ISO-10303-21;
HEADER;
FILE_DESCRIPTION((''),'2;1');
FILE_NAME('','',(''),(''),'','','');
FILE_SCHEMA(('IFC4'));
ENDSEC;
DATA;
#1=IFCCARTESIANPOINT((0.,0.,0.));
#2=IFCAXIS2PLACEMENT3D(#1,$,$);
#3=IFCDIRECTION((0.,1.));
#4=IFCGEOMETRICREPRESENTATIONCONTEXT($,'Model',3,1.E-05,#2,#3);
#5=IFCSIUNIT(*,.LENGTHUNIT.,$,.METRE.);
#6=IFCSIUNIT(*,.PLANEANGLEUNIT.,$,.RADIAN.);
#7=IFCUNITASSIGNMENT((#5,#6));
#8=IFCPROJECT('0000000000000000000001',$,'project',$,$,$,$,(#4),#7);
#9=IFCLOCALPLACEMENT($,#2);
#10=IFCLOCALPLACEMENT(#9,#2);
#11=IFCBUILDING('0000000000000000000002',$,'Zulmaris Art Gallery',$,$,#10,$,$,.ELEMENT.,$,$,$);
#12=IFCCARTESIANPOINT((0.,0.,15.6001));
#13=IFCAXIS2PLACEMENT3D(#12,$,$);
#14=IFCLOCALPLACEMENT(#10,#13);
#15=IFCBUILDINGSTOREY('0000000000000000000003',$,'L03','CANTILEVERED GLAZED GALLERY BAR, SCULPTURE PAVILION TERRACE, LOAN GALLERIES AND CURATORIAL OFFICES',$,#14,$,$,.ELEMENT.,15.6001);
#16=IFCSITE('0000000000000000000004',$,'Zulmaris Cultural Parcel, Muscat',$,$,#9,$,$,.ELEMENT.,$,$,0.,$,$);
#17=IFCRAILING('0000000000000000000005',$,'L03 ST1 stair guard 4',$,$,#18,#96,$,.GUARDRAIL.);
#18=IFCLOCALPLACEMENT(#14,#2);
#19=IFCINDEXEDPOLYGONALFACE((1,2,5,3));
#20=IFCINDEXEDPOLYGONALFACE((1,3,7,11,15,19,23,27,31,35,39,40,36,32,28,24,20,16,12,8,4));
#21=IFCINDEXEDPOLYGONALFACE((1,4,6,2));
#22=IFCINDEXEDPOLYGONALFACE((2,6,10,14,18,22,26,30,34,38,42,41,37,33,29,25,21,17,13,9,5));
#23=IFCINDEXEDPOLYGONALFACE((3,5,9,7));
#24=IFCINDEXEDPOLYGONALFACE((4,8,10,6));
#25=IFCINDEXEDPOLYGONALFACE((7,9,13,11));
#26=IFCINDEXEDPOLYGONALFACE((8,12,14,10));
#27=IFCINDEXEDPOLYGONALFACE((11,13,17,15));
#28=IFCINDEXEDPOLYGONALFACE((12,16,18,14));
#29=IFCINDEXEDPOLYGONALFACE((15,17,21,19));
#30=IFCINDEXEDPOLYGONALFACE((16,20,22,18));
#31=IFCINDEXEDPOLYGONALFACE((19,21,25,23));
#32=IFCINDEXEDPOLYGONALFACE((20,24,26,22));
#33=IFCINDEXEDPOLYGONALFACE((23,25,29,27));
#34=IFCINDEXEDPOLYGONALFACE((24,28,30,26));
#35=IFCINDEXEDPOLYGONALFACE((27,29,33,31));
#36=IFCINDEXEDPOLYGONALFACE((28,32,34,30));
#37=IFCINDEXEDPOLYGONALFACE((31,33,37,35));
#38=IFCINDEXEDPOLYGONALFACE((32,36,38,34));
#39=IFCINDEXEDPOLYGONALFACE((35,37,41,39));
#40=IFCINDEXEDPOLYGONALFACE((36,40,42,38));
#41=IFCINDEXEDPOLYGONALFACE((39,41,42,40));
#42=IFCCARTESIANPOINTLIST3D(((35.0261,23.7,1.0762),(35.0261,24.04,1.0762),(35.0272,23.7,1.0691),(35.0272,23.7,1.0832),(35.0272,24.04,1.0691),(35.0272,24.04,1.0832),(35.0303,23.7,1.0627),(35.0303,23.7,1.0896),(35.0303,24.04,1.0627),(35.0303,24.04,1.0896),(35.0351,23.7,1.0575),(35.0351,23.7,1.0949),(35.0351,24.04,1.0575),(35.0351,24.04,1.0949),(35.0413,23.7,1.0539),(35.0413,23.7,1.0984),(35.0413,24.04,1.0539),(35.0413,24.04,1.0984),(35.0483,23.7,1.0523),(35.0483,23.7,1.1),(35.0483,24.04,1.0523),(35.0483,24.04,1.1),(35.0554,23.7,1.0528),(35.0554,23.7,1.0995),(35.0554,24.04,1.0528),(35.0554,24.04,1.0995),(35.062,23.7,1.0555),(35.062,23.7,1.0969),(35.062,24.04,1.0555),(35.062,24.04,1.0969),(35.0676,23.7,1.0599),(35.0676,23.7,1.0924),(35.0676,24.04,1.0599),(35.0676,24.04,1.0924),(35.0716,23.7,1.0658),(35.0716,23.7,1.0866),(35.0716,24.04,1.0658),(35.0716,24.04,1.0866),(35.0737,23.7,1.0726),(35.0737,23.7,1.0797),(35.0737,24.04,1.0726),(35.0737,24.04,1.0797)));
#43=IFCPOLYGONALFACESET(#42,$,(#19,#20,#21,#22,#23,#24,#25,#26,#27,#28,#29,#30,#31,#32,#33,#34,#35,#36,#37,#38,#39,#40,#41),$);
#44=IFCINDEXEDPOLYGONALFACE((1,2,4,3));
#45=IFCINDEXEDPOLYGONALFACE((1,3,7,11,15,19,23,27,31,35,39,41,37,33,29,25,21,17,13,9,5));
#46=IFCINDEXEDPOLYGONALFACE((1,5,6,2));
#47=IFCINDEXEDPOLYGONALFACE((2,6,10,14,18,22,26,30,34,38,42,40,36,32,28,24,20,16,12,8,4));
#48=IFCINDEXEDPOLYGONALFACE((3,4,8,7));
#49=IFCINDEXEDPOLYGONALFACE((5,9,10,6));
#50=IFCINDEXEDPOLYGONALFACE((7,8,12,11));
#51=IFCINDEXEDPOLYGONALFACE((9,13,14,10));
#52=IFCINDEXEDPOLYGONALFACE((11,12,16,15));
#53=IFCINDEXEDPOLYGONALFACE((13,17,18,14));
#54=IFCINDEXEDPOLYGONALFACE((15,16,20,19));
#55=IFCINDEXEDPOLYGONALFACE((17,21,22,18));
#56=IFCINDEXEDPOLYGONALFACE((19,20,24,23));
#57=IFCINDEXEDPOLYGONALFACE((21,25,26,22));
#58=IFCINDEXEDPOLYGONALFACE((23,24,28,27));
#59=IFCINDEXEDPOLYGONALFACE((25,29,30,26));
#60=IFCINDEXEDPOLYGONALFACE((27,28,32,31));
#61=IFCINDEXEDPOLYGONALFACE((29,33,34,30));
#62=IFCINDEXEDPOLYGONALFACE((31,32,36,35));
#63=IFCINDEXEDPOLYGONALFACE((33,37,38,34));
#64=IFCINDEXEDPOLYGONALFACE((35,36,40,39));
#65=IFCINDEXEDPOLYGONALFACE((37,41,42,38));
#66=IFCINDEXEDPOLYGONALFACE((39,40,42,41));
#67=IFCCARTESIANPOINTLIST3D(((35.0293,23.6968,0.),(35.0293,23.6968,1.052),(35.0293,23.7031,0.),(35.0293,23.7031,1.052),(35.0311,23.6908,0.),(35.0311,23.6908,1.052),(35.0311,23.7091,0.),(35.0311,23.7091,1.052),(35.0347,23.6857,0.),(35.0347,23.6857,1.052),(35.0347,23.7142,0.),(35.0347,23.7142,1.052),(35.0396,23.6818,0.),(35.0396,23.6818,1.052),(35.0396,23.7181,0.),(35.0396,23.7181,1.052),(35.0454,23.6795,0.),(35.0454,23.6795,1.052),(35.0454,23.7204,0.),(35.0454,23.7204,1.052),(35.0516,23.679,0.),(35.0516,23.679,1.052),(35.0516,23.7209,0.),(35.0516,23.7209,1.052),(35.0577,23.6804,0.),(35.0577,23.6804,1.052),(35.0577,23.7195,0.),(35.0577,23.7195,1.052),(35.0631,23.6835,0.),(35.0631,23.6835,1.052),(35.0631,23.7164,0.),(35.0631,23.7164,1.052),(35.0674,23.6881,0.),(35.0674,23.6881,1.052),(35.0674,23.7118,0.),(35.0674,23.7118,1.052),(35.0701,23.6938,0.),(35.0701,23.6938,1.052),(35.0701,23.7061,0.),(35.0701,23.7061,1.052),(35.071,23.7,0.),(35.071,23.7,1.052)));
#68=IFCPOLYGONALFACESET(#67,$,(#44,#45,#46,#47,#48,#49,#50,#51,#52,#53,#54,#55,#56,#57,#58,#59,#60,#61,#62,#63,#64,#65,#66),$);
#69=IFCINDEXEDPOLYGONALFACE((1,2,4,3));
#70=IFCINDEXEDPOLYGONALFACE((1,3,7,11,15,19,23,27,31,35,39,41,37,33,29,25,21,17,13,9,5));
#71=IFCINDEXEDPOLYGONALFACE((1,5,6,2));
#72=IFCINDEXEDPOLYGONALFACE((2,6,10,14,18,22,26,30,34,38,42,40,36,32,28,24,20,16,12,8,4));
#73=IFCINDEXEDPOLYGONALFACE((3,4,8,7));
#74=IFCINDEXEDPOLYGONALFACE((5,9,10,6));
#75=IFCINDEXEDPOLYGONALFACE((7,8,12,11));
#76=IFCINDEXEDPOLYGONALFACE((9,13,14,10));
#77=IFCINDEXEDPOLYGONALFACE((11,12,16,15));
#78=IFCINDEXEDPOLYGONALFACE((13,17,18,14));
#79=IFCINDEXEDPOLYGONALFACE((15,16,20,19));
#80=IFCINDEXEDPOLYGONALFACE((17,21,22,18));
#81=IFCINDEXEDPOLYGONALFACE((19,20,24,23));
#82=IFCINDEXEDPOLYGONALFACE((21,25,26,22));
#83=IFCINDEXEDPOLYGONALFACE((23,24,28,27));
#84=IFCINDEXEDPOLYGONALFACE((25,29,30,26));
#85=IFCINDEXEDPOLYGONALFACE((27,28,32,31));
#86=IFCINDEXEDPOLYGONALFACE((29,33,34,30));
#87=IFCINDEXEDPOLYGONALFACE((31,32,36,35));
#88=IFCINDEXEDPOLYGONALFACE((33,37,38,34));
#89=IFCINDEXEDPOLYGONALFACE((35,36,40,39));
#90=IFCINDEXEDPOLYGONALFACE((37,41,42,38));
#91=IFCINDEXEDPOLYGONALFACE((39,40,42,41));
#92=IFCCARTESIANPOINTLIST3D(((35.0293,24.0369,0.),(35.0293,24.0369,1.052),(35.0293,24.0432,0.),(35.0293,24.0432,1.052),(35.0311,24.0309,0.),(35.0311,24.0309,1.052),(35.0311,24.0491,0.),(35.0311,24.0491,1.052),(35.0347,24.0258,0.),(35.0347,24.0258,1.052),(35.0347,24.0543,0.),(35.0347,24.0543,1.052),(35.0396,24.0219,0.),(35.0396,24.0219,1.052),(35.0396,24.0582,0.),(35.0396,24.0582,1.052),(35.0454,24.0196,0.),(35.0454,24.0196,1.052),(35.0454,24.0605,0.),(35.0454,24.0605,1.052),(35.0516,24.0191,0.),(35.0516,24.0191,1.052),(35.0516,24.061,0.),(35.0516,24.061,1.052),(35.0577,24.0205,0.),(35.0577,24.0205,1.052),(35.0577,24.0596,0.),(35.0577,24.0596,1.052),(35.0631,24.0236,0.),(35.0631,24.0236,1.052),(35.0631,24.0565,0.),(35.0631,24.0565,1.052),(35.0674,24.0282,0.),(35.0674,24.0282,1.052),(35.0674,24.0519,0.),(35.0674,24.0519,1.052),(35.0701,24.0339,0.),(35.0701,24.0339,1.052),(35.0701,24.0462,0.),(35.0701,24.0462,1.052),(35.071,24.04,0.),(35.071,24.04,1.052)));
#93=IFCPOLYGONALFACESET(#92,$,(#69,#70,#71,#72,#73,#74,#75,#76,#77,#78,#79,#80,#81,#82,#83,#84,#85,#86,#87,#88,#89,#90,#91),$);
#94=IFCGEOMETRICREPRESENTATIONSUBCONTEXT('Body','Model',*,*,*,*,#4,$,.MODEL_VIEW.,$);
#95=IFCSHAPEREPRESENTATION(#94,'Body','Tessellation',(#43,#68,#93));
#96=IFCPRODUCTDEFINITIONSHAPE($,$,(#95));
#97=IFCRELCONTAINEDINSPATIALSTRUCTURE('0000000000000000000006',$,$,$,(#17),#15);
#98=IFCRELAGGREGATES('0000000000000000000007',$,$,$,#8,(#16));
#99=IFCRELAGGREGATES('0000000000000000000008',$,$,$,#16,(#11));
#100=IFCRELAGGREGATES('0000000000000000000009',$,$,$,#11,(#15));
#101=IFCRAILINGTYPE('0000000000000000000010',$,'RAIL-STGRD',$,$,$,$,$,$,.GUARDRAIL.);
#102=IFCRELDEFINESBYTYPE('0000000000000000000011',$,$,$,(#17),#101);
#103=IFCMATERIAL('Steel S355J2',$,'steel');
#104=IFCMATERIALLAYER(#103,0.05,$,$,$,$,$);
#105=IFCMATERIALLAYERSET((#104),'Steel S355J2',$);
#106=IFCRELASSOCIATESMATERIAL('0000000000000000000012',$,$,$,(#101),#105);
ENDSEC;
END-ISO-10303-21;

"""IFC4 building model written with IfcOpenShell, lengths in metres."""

from ifc_helpers import new_model, si_unit, direction, frame, origin, origin_2d, place, context, subcontext, project, spatial, circle, extrude, material, layer, layer_set, type_object, element, save


model = new_model("IFC4")

# Units and contexts
model_context = context("Model", 3, precision=1e-05, world=origin(), true_north=direction((0.0, 1.0)))
body_context = subcontext(model_context, "Body", "Model", "MODEL_VIEW")
ifc_project = project(units=[si_unit("LENGTHUNIT", "METRE"), si_unit("PLANEANGLEUNIT", "RADIAN")], contexts=[model_context])

# Site, building, storey
site_placement = place(None, origin())
site = spatial("IfcSite", under=ifc_project, at=site_placement, Name="Zulmaris Cultural Parcel, Muscat", CompositionType="ELEMENT", RefElevation=0.0)
building_placement = place(site_placement, origin())
building = spatial("IfcBuilding", under=site, at=building_placement, Name="Zulmaris Art Gallery", CompositionType="ELEMENT")
storey_placement = place(building_placement, frame((0.0, 0.0, 15.6001)))
storey = spatial("IfcBuildingStorey", under=building, at=storey_placement, Name="L03", Description="CANTILEVERED GLAZED GALLERY BAR, SCULPTURE PAVILION TERRACE, LOAN GALLERIES AND CURATORIAL OFFICES", CompositionType="ELEMENT", Elevation=15.6001)

# Shared definitions
ifc_material_1 = material(Name="Steel S355J2", Category="steel")

# Railing
ifc_layer_1 = layer(ifc_material_1, 0.05)
ifc_layer_set_1 = layer_set([ifc_layer_1], Name="Steel S355J2")
railing_type_1 = type_object("IfcRailingType", Name="RAIL-STGRD", PredefinedType="GUARDRAIL", material=ifc_layer_set_1)
railing_1_placement = place(storey_placement, frame((35.05, 23.7, 0.0)))
element("IfcRailing", 1, at=railing_1_placement, inside=storey, type_object=railing_type_1, Name="L03 ST1 stair guard 4", PredefinedType="GUARDRAIL", context=body_context, shape_type="SweptSolid", body=[
    extrude(circle(Radius=0.0239, at=origin_2d()), frame((0.0, 0.0, 1.0762), z_axis=(0.0, 1.0, 0.0), x_axis=(-1.0, 0.0, 0.0)), (0.0, 0.0, 1.0), 0.3401),
    extrude(circle(Radius=0.021, at=origin_2d()), origin(), (0.0, 0.0, 1.0), 1.052),
    extrude(circle(Radius=0.021, at=origin_2d()), frame((0.0, 0.3401, 0.0)), (0.0, 0.0, 1.0), 1.052),
])

save(model, "model.ifc")
